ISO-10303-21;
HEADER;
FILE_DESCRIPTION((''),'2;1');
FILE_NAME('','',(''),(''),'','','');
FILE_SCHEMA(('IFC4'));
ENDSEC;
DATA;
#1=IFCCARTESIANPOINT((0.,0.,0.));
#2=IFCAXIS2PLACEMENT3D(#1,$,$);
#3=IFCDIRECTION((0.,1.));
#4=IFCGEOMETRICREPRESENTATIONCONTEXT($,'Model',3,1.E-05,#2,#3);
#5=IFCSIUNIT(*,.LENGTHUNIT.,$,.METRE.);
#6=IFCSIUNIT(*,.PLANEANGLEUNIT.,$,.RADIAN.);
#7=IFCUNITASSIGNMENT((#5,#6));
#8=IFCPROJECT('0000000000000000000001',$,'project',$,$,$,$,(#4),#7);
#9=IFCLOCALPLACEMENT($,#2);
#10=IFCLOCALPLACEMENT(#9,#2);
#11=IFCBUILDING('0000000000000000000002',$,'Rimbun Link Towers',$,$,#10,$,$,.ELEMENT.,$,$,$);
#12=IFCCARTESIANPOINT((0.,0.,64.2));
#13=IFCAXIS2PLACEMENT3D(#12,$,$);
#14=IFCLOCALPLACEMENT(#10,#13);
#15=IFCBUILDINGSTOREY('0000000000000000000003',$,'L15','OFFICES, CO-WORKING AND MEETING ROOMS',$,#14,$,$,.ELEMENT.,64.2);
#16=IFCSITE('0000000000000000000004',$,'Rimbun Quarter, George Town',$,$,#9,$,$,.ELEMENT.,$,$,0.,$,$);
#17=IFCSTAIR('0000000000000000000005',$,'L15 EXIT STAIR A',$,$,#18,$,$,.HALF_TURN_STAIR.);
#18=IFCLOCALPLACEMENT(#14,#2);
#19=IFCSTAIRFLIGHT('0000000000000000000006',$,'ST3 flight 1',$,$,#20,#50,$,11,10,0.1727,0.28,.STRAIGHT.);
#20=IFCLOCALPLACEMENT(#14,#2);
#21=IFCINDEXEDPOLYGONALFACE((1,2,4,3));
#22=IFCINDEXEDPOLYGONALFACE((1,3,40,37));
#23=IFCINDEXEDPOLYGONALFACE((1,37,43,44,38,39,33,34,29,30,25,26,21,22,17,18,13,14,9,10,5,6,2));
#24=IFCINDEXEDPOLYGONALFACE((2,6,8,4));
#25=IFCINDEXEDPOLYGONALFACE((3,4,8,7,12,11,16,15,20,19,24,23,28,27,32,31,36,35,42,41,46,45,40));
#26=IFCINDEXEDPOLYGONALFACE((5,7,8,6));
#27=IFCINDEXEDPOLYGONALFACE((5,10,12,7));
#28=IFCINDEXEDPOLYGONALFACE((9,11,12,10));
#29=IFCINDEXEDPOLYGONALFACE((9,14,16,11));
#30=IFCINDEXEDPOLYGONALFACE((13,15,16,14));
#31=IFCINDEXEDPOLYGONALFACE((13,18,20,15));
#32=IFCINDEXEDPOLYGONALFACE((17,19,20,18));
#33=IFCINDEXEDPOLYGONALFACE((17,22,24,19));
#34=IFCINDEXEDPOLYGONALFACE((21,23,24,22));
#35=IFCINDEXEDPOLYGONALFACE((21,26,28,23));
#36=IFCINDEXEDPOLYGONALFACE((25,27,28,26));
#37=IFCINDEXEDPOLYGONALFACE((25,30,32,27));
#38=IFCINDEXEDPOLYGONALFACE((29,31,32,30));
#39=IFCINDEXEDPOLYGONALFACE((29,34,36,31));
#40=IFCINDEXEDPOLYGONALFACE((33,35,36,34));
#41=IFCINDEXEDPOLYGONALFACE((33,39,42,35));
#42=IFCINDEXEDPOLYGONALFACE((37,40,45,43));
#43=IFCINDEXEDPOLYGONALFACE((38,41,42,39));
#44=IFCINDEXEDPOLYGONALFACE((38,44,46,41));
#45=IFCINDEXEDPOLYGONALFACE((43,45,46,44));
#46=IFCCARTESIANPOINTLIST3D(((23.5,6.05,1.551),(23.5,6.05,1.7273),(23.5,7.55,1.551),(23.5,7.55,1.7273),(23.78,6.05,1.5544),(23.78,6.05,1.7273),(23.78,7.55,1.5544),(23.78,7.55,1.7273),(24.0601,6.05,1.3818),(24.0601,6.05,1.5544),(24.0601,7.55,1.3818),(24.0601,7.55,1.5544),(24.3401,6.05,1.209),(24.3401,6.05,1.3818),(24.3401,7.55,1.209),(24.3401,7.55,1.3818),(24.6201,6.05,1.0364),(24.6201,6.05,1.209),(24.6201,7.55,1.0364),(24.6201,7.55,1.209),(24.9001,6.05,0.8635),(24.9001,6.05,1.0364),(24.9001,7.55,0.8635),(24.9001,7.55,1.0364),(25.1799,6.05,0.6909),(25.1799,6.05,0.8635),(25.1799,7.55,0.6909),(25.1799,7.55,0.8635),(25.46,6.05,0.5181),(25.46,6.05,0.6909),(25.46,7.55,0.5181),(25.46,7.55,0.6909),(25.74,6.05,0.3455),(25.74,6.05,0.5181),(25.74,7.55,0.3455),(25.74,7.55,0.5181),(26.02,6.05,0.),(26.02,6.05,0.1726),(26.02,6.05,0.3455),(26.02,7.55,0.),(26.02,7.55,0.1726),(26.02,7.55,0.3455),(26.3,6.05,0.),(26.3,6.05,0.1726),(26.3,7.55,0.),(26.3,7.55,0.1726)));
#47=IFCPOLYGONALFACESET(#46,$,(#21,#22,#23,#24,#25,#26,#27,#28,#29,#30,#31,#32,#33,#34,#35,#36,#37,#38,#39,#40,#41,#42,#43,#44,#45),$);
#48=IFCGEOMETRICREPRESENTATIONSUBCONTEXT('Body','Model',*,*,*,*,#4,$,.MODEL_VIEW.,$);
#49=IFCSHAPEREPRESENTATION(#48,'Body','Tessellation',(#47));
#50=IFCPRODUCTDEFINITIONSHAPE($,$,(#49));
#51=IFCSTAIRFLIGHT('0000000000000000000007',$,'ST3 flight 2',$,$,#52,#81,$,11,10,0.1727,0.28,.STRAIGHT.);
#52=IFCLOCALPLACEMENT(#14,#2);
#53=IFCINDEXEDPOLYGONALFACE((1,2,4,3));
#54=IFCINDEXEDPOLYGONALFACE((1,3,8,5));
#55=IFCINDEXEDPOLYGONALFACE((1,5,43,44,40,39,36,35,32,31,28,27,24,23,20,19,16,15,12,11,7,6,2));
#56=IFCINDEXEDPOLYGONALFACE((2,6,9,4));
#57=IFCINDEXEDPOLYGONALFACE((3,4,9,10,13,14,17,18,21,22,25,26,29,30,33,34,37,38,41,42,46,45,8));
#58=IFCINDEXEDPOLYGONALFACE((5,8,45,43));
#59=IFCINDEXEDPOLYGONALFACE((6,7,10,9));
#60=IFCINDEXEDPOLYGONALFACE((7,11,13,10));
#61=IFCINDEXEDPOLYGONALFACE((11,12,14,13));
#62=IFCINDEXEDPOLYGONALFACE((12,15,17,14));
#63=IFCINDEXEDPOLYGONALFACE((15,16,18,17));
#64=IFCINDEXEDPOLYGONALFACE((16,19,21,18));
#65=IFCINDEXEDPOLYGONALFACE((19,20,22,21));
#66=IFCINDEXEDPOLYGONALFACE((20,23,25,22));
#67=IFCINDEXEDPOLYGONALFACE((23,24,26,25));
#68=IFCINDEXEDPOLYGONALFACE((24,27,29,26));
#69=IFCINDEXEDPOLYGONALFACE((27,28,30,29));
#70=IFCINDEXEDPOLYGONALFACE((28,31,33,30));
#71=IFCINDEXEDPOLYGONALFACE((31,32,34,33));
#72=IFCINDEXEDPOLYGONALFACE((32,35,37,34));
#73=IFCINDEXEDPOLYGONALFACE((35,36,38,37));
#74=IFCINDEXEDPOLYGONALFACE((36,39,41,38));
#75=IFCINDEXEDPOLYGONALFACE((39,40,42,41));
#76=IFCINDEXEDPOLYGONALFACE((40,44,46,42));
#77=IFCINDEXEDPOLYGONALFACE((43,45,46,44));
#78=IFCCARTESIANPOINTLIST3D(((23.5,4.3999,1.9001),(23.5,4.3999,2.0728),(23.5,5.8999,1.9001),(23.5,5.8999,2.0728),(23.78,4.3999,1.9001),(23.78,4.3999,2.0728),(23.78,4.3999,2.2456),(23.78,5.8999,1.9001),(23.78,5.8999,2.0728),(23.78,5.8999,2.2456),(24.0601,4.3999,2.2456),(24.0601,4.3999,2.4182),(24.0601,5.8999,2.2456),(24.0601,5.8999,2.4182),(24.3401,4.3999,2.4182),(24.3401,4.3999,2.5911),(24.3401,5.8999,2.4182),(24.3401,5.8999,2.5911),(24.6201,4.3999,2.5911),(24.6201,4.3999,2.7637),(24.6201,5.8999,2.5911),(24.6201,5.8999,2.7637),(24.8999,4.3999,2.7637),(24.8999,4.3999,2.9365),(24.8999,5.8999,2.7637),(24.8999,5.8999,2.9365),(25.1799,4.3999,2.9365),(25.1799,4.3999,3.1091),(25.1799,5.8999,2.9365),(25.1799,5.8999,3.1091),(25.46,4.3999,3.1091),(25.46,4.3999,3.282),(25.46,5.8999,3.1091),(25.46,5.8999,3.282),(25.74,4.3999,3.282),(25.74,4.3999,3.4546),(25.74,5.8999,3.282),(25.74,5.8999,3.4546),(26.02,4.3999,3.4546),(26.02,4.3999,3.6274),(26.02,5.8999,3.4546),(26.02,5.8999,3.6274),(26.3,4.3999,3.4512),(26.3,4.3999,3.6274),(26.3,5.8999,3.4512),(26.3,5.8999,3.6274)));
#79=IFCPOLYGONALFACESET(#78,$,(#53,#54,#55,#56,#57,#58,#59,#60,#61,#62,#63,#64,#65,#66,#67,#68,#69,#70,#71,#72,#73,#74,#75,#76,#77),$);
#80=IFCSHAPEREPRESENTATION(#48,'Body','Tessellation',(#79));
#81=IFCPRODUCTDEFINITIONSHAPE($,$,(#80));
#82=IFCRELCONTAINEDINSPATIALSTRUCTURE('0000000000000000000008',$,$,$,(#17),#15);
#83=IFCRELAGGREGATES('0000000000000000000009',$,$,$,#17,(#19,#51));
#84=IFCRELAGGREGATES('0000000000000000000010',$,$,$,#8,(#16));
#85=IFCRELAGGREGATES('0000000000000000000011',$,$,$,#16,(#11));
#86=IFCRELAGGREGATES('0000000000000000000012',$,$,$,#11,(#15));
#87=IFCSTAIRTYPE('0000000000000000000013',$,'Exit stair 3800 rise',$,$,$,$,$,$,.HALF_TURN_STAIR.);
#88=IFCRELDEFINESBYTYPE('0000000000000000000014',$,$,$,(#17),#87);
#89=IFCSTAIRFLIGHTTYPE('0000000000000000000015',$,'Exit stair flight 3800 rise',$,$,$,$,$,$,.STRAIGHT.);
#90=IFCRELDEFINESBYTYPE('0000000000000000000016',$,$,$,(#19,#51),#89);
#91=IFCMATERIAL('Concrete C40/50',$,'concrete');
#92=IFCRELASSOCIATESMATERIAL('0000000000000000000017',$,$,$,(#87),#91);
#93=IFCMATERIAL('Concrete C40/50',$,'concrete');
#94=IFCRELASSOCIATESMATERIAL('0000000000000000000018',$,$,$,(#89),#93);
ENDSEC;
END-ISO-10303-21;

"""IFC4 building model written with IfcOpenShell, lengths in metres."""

from ifc_helpers import new_model, si_unit, direction, frame, origin, place, context, subcontext, project, spatial, polyline, outline, extrude, material, type_object, element, aggregate, save


model = new_model("IFC4")

# Units and contexts
model_context = context("Model", 3, precision=1e-05, world=origin(), true_north=direction((0.0, 1.0)))
body_context = subcontext(model_context, "Body", "Model", "MODEL_VIEW")
ifc_project = project(units=[si_unit("LENGTHUNIT", "METRE"), si_unit("PLANEANGLEUNIT", "RADIAN")], contexts=[model_context])

# Site, building, storey
site_placement = place(None, origin())
site = spatial("IfcSite", under=ifc_project, at=site_placement, Name="Rimbun Quarter, George Town", CompositionType="ELEMENT", RefElevation=0.0)
building_placement = place(site_placement, origin())
building = spatial("IfcBuilding", under=site, at=building_placement, Name="Rimbun Link Towers", CompositionType="ELEMENT")
storey_placement = place(building_placement, frame((0.0, 0.0, 64.2)))
storey = spatial("IfcBuildingStorey", under=building, at=storey_placement, Name="L15", Description="OFFICES, CO-WORKING AND MEETING ROOMS", CompositionType="ELEMENT", Elevation=64.2)

# Stair, stair flights
ifc_material_1 = material(Name="Concrete C40/50", Category="concrete")
stair_type = type_object("IfcStairType", Name="Exit stair 3800 rise", PredefinedType="HALF_TURN_STAIR", material=ifc_material_1)
stair_placement = place(storey_placement, origin())
stair = element("IfcStair", 1, at=stair_placement, inside=storey, type_object=stair_type, Name="L15 EXIT STAIR A", PredefinedType="HALF_TURN_STAIR")
ifc_material_2 = material(Name="Concrete C40/50", Category="concrete")
stair_flight_type = type_object("IfcStairFlightType", Name="Exit stair flight 3800 rise", PredefinedType="STRAIGHT", material=ifc_material_2)
stair_flight_1_placement = place(storey_placement, frame((26.3, 6.8, 0.0), z_axis=(0.0, 0.0, 1.0), x_axis=(-1.0, 0.0, 0.0)))
stair_flight_1 = element("IfcStairFlight", 2, at=stair_flight_1_placement, type_object=stair_flight_type, Name="ST3 flight 1", NumberOfRisers=11, NumberOfTreads=10, PredefinedType="STRAIGHT", RiserHeight=0.1727, TreadLength=0.28, context=body_context, shape_type="SweptSolid", body=[
    extrude(outline(polyline([(0.0, 0.0), (0.0, 0.1726), (0.28, 0.1726), (0.28, 0.3455), (0.5601, 0.3455), (0.5601, 0.5181), (0.8401, 0.5181), (0.8401, 0.6909), (1.1201, 0.6909), (1.1201, 0.8635), (1.3999, 0.8635), (1.3999, 1.0364), (1.6799, 1.0364), (1.6799, 1.209), (1.96, 1.209), (1.96, 1.3818), (2.24, 1.3818), (2.24, 1.5544), (2.52, 1.5544), (2.52, 1.7273), (2.8, 1.7273), (2.8, 1.8999), (2.8, 1.551), (0.28, 0.0), (0.0, 0.0)])), frame((0.0, 0.75, 0.0), z_axis=(0.0, -1.0, 0.0), x_axis=(1.0, 0.0, 0.0)), (0.0, 0.0, 1.0), 1.5),
])
stair_flight_2_placement = place(storey_placement, frame((23.5, 5.1499, 1.9001), z_axis=(0.0, 0.0, 1.0), x_axis=(1.0, 0.0, 0.0)))
stair_flight_2 = element("IfcStairFlight", 3, at=stair_flight_2_placement, type_object=stair_flight_type, Name="ST3 flight 2", NumberOfRisers=11, NumberOfTreads=10, PredefinedType="STRAIGHT", RiserHeight=0.1727, TreadLength=0.28, context=body_context, shape_type="SweptSolid", body=[
    extrude(outline(polyline([(0.0, 0.0), (0.0, 0.1726), (0.28, 0.1726), (0.28, 0.3455), (0.5601, 0.3455), (0.5601, 0.5181), (0.8401, 0.5181), (0.8401, 0.6909), (1.1201, 0.6909), (1.1201, 0.8635), (1.3999, 0.8635), (1.3999, 1.0364), (1.6799, 1.0364), (1.6799, 1.209), (1.96, 1.209), (1.96, 1.3818), (2.24, 1.3818), (2.24, 1.5544), (2.52, 1.5544), (2.52, 1.7273), (2.8, 1.7273), (2.8, 1.8999), (2.8, 1.551), (0.28, 0.0), (0.0, 0.0)])), frame((0.0, 0.75, 0.0), z_axis=(0.0, -1.0, 0.0), x_axis=(1.0, 0.0, 0.0)), (0.0, 0.0, 1.0), 1.5),
])
aggregate(stair, [stair_flight_1, stair_flight_2])

save(model, "model.ifc")
